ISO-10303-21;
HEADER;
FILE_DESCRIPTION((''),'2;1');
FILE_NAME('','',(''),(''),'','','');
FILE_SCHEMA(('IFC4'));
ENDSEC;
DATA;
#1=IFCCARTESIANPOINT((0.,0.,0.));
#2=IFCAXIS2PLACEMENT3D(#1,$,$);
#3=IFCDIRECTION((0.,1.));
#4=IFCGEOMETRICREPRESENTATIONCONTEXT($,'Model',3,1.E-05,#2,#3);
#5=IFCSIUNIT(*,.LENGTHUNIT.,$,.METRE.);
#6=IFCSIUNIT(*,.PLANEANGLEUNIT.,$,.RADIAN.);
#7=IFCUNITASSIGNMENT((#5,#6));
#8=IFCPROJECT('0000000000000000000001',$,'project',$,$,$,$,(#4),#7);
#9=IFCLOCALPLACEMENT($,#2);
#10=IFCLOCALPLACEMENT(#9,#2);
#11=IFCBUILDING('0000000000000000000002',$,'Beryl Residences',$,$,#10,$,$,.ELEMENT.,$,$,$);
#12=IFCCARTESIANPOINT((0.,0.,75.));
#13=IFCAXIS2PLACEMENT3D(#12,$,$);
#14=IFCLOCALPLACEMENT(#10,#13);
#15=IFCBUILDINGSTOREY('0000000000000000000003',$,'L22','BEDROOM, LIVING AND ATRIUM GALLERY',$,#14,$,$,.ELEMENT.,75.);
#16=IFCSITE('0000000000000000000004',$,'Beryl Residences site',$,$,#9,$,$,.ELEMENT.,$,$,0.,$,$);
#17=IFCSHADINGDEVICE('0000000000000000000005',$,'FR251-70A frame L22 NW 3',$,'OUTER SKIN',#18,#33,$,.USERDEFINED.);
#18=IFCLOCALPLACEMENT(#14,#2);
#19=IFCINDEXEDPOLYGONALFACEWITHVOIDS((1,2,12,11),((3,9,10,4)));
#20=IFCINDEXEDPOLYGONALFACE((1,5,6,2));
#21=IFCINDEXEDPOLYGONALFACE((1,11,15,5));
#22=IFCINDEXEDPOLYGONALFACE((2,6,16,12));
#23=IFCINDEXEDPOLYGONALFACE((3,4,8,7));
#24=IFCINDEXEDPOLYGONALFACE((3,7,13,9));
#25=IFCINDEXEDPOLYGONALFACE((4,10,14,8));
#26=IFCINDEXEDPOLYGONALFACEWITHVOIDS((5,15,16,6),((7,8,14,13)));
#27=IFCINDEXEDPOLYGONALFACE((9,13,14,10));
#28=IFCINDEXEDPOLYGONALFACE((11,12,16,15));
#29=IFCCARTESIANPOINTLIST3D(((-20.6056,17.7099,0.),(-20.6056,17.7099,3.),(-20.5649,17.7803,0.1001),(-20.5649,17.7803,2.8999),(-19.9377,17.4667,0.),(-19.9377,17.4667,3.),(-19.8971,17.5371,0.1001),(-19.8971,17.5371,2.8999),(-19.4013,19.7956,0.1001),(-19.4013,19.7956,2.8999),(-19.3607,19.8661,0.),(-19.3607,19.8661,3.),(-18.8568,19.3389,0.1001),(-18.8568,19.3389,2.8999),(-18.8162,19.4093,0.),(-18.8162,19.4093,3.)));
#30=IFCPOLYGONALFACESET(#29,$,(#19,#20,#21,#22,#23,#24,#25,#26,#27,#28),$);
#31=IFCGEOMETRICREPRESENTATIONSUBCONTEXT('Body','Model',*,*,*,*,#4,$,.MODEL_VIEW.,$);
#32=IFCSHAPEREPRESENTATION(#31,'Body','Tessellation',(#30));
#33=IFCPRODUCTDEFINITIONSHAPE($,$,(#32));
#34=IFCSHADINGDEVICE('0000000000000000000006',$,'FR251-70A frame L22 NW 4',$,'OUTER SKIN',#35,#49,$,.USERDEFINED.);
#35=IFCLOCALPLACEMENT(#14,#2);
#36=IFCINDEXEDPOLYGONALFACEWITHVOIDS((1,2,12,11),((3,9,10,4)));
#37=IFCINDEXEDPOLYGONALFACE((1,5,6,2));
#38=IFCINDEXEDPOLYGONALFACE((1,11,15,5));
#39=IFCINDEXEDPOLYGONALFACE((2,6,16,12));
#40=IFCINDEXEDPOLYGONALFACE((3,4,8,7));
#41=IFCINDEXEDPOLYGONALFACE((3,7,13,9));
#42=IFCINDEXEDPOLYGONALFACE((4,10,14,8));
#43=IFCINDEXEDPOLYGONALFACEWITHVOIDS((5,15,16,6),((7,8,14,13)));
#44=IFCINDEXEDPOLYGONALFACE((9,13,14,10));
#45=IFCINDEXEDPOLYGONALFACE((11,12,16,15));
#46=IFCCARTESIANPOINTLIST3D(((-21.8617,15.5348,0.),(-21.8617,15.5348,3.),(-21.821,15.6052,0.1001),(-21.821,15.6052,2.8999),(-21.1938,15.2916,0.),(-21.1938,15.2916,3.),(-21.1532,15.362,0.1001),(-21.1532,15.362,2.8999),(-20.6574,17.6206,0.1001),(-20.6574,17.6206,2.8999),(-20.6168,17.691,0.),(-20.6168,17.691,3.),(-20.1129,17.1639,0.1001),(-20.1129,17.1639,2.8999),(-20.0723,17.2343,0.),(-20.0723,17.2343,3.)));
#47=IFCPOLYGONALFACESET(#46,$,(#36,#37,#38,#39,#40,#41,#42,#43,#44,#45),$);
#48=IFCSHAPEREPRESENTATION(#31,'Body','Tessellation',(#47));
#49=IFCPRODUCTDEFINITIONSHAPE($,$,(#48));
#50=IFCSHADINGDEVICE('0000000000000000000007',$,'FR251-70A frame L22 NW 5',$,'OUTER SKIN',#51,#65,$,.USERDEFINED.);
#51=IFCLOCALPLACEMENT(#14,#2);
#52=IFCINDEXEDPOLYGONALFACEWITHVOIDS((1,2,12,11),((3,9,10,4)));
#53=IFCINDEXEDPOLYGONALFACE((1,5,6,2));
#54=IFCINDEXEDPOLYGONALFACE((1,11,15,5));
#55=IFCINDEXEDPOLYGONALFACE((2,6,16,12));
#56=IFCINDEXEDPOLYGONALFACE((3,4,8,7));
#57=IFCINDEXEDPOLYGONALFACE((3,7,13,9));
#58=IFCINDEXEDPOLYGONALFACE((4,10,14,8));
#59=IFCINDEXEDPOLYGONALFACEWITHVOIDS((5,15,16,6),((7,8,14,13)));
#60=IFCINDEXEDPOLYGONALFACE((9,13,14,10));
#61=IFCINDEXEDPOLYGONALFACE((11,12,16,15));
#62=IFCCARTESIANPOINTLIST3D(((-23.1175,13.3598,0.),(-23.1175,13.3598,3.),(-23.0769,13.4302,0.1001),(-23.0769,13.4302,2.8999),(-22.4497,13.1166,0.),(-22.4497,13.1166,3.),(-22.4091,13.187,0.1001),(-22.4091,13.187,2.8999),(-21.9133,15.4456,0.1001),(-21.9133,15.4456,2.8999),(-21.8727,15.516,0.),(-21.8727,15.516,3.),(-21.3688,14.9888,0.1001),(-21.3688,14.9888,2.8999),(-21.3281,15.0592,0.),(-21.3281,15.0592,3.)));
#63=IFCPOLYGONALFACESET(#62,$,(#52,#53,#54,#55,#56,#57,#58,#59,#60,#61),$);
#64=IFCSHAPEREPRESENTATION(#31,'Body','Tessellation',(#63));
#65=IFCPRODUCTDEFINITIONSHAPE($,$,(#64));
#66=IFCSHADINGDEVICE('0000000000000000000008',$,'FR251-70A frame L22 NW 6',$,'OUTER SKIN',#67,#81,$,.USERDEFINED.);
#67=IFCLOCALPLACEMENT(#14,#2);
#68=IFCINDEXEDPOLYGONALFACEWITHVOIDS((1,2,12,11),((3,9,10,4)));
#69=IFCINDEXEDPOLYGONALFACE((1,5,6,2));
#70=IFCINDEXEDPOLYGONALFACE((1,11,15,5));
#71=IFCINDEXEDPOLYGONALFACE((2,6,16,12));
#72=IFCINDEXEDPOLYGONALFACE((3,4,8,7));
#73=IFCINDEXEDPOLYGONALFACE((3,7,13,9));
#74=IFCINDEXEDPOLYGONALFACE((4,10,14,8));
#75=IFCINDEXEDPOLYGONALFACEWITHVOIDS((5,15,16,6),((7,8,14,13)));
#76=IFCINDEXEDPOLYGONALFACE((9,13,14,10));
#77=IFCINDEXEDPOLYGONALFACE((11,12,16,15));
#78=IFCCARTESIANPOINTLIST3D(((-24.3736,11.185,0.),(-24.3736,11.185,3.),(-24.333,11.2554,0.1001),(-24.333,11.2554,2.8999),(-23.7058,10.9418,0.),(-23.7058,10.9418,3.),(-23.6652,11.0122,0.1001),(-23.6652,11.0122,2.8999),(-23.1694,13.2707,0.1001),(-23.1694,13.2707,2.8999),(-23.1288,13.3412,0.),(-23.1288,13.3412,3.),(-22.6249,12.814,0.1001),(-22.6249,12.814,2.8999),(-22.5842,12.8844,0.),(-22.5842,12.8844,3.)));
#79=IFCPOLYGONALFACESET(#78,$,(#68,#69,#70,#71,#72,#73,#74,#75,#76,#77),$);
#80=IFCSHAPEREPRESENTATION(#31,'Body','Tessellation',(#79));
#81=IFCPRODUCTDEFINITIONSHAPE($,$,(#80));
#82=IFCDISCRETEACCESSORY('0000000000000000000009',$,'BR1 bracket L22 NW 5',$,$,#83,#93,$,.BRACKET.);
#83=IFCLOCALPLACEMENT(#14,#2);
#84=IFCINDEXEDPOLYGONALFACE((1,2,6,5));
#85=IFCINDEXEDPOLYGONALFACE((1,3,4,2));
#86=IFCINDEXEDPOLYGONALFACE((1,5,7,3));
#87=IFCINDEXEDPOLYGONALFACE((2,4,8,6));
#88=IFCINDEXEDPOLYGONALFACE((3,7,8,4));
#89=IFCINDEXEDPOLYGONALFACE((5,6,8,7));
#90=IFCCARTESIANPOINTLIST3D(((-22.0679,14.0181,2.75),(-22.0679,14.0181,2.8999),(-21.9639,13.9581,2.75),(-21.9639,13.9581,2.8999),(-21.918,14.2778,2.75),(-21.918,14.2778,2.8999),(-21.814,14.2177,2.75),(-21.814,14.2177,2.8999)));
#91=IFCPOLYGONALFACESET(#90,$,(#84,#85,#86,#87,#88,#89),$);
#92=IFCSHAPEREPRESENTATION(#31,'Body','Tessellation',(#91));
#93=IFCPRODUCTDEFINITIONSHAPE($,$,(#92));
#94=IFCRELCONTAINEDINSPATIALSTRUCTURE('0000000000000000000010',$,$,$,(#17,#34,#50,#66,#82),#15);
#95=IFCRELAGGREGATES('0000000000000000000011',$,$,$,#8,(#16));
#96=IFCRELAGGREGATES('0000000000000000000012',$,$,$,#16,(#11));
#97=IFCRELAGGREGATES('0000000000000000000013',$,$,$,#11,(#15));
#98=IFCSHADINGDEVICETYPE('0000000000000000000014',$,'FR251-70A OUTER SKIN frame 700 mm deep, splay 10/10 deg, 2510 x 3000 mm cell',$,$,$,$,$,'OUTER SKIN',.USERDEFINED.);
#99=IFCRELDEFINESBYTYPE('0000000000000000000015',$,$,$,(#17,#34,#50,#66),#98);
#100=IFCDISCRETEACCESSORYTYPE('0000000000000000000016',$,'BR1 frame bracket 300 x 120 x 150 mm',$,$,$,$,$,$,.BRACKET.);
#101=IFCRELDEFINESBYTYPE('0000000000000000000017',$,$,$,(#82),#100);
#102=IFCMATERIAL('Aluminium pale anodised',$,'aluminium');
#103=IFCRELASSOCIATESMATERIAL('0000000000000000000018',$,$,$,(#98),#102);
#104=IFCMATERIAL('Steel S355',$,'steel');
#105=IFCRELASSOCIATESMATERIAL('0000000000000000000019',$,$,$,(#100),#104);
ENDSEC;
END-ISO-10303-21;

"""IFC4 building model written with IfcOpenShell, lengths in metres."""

from ifc_helpers import new_model, entity, si_unit, direction, frame, origin, place, context, subcontext, project, spatial, polyline, outline, extrude, source, transform, mapped, material, type_object, type_shapes, element, save


model = new_model("IFC4")

# Units and contexts
model_context = context("Model", 3, precision=1e-05, world=origin(), true_north=direction((0.0, 1.0)))
body_context = subcontext(model_context, "Body", "Model", "MODEL_VIEW")
ifc_project = project(units=[si_unit("LENGTHUNIT", "METRE"), si_unit("PLANEANGLEUNIT", "RADIAN")], contexts=[model_context])

# Site, building, storey
site_placement = place(None, origin())
site = spatial("IfcSite", under=ifc_project, at=site_placement, Name="Beryl Residences site", CompositionType="ELEMENT", RefElevation=0.0)
building_placement = place(site_placement, origin())
building = spatial("IfcBuilding", under=site, at=building_placement, Name="Beryl Residences", CompositionType="ELEMENT")
storey_placement = place(building_placement, frame((0.0, 0.0, 75.0)))
storey = spatial("IfcBuildingStorey", under=building, at=storey_placement, Name="L22", Description="BEDROOM, LIVING AND ATRIUM GALLERY", CompositionType="ELEMENT", Elevation=75.0)

# Shading devices
ifc_material_1 = material(Name="Aluminium pale anodised", Category="aluminium")
shading_device_type = type_object("IfcShadingDeviceType", Name="FR251-70A OUTER SKIN frame 700 mm deep, splay 10/10 deg, 2510 x 3000 mm cell", ElementType="OUTER SKIN", PredefinedType="USERDEFINED", material=ifc_material_1)
cartesian_point_1 = entity("IfcCartesianPoint", [-1.1216, 0.0])
cartesian_point_2 = entity("IfcCartesianPoint", [-1.0403, 0.1001])
cartesian_point_3 = entity("IfcCartesianPoint", [-1.2449, 0.0])
cartesian_point_4 = entity("IfcCartesianPoint", [-1.1636, 0.1001])
shared_shape_1 = source(origin(), body_context, "Body", "SweptSolid", [
    entity("IfcExtrudedAreaSolidTapered", entity("IfcArbitraryProfileDefWithVoids", "AREA", None, entity("IfcPolyline", [cartesian_point_1, entity("IfcCartesianPoint", [1.1216, 0.0]), entity("IfcCartesianPoint", [1.1216, 3.0]), entity("IfcCartesianPoint", [-1.1216, 3.0]), cartesian_point_1]), [entity("IfcPolyline", [cartesian_point_2, entity("IfcCartesianPoint", [1.0403, 0.1001]), entity("IfcCartesianPoint", [1.0403, 2.8999]), entity("IfcCartesianPoint", [-1.0403, 2.8999]), cartesian_point_2])]), entity("IfcAxis2Placement3D", entity("IfcCartesianPoint", [0.0, 0.0, 0.0]), entity("IfcDirection", [0.0, 1.0, 0.0]), entity("IfcDirection", [-1.0, 0.0, 0.0])), entity("IfcDirection", [0.0, 0.0, 1.0]), 0.7, entity("IfcArbitraryProfileDefWithVoids", "AREA", None, entity("IfcPolyline", [cartesian_point_3, entity("IfcCartesianPoint", [1.2449, 0.0]), entity("IfcCartesianPoint", [1.2449, 3.0]), entity("IfcCartesianPoint", [-1.2449, 3.0]), cartesian_point_3]), [entity("IfcPolyline", [cartesian_point_4, entity("IfcCartesianPoint", [1.1636, 0.1001]), entity("IfcCartesianPoint", [1.1636, 2.8999]), entity("IfcCartesianPoint", [-1.1636, 2.8999]), cartesian_point_4])])),
])
type_shapes(shading_device_type, [shared_shape_1])
for number, where, z_axis, x_axis, name in (
    (1, (-19.377, 18.438, 0.0), (0.0, 0.0, 1.0), (0.5, 0.866025, 0.0), "FR251-70A frame L22 NW 3"),
    (2, (-20.6331, 16.2629, 0.0), (0.0, 0.0, 1.0), (0.5, 0.866025, 0.0), "FR251-70A frame L22 NW 4"),
    (3, (-21.8889, 14.0879, 0.0), (0.0, 0.0, 1.0), (0.5, 0.866025, 0.0), "FR251-70A frame L22 NW 5"),
    (4, (-23.145, 11.9131, 0.0), (0.0, 0.0, 1.0), (0.5, 0.866025, 0.0), "FR251-70A frame L22 NW 6"),
):
    element("IfcShadingDevice", number, at=place(storey_placement, frame(where, z_axis=z_axis, x_axis=x_axis)), inside=storey, type_object=shading_device_type, Name=name, ObjectType="OUTER SKIN", PredefinedType="USERDEFINED", context=body_context, shape_type="MappedRepresentation", body=[
        mapped(shared_shape_1, transform((0.0, 0.0, 0.0))),
    ])

# Discrete accessory
ifc_material_2 = material(Name="Steel S355", Category="steel")
discrete_accessory_type = type_object("IfcDiscreteAccessoryType", Name="BR1 frame bracket 300 x 120 x 150 mm", PredefinedType="BRACKET", material=ifc_material_2)
shared_shape_2 = source(origin(), body_context, "Body", "SweptSolid", [
    extrude(outline(polyline([(-0.1499, 0.0), (0.1499, 0.0), (0.1499, 0.1201), (-0.1499, 0.1201), (-0.1499, 0.0)])), origin(), (0.0, 0.0, 1.0), 0.1499),
])
type_shapes(discrete_accessory_type, [shared_shape_2])
discrete_accessory_placement = place(storey_placement, frame((-21.8889, 14.0879, 2.75), z_axis=(0.0, 0.0, 1.0), x_axis=(0.5, 0.866025, 0.0)))
element("IfcDiscreteAccessory", 5, at=discrete_accessory_placement, inside=storey, type_object=discrete_accessory_type, Name="BR1 bracket L22 NW 5", PredefinedType="BRACKET", context=body_context, shape_type="MappedRepresentation", body=[
    mapped(shared_shape_2, transform((0.0, 0.0, 0.0))),
])

save(model, "model.ifc")
